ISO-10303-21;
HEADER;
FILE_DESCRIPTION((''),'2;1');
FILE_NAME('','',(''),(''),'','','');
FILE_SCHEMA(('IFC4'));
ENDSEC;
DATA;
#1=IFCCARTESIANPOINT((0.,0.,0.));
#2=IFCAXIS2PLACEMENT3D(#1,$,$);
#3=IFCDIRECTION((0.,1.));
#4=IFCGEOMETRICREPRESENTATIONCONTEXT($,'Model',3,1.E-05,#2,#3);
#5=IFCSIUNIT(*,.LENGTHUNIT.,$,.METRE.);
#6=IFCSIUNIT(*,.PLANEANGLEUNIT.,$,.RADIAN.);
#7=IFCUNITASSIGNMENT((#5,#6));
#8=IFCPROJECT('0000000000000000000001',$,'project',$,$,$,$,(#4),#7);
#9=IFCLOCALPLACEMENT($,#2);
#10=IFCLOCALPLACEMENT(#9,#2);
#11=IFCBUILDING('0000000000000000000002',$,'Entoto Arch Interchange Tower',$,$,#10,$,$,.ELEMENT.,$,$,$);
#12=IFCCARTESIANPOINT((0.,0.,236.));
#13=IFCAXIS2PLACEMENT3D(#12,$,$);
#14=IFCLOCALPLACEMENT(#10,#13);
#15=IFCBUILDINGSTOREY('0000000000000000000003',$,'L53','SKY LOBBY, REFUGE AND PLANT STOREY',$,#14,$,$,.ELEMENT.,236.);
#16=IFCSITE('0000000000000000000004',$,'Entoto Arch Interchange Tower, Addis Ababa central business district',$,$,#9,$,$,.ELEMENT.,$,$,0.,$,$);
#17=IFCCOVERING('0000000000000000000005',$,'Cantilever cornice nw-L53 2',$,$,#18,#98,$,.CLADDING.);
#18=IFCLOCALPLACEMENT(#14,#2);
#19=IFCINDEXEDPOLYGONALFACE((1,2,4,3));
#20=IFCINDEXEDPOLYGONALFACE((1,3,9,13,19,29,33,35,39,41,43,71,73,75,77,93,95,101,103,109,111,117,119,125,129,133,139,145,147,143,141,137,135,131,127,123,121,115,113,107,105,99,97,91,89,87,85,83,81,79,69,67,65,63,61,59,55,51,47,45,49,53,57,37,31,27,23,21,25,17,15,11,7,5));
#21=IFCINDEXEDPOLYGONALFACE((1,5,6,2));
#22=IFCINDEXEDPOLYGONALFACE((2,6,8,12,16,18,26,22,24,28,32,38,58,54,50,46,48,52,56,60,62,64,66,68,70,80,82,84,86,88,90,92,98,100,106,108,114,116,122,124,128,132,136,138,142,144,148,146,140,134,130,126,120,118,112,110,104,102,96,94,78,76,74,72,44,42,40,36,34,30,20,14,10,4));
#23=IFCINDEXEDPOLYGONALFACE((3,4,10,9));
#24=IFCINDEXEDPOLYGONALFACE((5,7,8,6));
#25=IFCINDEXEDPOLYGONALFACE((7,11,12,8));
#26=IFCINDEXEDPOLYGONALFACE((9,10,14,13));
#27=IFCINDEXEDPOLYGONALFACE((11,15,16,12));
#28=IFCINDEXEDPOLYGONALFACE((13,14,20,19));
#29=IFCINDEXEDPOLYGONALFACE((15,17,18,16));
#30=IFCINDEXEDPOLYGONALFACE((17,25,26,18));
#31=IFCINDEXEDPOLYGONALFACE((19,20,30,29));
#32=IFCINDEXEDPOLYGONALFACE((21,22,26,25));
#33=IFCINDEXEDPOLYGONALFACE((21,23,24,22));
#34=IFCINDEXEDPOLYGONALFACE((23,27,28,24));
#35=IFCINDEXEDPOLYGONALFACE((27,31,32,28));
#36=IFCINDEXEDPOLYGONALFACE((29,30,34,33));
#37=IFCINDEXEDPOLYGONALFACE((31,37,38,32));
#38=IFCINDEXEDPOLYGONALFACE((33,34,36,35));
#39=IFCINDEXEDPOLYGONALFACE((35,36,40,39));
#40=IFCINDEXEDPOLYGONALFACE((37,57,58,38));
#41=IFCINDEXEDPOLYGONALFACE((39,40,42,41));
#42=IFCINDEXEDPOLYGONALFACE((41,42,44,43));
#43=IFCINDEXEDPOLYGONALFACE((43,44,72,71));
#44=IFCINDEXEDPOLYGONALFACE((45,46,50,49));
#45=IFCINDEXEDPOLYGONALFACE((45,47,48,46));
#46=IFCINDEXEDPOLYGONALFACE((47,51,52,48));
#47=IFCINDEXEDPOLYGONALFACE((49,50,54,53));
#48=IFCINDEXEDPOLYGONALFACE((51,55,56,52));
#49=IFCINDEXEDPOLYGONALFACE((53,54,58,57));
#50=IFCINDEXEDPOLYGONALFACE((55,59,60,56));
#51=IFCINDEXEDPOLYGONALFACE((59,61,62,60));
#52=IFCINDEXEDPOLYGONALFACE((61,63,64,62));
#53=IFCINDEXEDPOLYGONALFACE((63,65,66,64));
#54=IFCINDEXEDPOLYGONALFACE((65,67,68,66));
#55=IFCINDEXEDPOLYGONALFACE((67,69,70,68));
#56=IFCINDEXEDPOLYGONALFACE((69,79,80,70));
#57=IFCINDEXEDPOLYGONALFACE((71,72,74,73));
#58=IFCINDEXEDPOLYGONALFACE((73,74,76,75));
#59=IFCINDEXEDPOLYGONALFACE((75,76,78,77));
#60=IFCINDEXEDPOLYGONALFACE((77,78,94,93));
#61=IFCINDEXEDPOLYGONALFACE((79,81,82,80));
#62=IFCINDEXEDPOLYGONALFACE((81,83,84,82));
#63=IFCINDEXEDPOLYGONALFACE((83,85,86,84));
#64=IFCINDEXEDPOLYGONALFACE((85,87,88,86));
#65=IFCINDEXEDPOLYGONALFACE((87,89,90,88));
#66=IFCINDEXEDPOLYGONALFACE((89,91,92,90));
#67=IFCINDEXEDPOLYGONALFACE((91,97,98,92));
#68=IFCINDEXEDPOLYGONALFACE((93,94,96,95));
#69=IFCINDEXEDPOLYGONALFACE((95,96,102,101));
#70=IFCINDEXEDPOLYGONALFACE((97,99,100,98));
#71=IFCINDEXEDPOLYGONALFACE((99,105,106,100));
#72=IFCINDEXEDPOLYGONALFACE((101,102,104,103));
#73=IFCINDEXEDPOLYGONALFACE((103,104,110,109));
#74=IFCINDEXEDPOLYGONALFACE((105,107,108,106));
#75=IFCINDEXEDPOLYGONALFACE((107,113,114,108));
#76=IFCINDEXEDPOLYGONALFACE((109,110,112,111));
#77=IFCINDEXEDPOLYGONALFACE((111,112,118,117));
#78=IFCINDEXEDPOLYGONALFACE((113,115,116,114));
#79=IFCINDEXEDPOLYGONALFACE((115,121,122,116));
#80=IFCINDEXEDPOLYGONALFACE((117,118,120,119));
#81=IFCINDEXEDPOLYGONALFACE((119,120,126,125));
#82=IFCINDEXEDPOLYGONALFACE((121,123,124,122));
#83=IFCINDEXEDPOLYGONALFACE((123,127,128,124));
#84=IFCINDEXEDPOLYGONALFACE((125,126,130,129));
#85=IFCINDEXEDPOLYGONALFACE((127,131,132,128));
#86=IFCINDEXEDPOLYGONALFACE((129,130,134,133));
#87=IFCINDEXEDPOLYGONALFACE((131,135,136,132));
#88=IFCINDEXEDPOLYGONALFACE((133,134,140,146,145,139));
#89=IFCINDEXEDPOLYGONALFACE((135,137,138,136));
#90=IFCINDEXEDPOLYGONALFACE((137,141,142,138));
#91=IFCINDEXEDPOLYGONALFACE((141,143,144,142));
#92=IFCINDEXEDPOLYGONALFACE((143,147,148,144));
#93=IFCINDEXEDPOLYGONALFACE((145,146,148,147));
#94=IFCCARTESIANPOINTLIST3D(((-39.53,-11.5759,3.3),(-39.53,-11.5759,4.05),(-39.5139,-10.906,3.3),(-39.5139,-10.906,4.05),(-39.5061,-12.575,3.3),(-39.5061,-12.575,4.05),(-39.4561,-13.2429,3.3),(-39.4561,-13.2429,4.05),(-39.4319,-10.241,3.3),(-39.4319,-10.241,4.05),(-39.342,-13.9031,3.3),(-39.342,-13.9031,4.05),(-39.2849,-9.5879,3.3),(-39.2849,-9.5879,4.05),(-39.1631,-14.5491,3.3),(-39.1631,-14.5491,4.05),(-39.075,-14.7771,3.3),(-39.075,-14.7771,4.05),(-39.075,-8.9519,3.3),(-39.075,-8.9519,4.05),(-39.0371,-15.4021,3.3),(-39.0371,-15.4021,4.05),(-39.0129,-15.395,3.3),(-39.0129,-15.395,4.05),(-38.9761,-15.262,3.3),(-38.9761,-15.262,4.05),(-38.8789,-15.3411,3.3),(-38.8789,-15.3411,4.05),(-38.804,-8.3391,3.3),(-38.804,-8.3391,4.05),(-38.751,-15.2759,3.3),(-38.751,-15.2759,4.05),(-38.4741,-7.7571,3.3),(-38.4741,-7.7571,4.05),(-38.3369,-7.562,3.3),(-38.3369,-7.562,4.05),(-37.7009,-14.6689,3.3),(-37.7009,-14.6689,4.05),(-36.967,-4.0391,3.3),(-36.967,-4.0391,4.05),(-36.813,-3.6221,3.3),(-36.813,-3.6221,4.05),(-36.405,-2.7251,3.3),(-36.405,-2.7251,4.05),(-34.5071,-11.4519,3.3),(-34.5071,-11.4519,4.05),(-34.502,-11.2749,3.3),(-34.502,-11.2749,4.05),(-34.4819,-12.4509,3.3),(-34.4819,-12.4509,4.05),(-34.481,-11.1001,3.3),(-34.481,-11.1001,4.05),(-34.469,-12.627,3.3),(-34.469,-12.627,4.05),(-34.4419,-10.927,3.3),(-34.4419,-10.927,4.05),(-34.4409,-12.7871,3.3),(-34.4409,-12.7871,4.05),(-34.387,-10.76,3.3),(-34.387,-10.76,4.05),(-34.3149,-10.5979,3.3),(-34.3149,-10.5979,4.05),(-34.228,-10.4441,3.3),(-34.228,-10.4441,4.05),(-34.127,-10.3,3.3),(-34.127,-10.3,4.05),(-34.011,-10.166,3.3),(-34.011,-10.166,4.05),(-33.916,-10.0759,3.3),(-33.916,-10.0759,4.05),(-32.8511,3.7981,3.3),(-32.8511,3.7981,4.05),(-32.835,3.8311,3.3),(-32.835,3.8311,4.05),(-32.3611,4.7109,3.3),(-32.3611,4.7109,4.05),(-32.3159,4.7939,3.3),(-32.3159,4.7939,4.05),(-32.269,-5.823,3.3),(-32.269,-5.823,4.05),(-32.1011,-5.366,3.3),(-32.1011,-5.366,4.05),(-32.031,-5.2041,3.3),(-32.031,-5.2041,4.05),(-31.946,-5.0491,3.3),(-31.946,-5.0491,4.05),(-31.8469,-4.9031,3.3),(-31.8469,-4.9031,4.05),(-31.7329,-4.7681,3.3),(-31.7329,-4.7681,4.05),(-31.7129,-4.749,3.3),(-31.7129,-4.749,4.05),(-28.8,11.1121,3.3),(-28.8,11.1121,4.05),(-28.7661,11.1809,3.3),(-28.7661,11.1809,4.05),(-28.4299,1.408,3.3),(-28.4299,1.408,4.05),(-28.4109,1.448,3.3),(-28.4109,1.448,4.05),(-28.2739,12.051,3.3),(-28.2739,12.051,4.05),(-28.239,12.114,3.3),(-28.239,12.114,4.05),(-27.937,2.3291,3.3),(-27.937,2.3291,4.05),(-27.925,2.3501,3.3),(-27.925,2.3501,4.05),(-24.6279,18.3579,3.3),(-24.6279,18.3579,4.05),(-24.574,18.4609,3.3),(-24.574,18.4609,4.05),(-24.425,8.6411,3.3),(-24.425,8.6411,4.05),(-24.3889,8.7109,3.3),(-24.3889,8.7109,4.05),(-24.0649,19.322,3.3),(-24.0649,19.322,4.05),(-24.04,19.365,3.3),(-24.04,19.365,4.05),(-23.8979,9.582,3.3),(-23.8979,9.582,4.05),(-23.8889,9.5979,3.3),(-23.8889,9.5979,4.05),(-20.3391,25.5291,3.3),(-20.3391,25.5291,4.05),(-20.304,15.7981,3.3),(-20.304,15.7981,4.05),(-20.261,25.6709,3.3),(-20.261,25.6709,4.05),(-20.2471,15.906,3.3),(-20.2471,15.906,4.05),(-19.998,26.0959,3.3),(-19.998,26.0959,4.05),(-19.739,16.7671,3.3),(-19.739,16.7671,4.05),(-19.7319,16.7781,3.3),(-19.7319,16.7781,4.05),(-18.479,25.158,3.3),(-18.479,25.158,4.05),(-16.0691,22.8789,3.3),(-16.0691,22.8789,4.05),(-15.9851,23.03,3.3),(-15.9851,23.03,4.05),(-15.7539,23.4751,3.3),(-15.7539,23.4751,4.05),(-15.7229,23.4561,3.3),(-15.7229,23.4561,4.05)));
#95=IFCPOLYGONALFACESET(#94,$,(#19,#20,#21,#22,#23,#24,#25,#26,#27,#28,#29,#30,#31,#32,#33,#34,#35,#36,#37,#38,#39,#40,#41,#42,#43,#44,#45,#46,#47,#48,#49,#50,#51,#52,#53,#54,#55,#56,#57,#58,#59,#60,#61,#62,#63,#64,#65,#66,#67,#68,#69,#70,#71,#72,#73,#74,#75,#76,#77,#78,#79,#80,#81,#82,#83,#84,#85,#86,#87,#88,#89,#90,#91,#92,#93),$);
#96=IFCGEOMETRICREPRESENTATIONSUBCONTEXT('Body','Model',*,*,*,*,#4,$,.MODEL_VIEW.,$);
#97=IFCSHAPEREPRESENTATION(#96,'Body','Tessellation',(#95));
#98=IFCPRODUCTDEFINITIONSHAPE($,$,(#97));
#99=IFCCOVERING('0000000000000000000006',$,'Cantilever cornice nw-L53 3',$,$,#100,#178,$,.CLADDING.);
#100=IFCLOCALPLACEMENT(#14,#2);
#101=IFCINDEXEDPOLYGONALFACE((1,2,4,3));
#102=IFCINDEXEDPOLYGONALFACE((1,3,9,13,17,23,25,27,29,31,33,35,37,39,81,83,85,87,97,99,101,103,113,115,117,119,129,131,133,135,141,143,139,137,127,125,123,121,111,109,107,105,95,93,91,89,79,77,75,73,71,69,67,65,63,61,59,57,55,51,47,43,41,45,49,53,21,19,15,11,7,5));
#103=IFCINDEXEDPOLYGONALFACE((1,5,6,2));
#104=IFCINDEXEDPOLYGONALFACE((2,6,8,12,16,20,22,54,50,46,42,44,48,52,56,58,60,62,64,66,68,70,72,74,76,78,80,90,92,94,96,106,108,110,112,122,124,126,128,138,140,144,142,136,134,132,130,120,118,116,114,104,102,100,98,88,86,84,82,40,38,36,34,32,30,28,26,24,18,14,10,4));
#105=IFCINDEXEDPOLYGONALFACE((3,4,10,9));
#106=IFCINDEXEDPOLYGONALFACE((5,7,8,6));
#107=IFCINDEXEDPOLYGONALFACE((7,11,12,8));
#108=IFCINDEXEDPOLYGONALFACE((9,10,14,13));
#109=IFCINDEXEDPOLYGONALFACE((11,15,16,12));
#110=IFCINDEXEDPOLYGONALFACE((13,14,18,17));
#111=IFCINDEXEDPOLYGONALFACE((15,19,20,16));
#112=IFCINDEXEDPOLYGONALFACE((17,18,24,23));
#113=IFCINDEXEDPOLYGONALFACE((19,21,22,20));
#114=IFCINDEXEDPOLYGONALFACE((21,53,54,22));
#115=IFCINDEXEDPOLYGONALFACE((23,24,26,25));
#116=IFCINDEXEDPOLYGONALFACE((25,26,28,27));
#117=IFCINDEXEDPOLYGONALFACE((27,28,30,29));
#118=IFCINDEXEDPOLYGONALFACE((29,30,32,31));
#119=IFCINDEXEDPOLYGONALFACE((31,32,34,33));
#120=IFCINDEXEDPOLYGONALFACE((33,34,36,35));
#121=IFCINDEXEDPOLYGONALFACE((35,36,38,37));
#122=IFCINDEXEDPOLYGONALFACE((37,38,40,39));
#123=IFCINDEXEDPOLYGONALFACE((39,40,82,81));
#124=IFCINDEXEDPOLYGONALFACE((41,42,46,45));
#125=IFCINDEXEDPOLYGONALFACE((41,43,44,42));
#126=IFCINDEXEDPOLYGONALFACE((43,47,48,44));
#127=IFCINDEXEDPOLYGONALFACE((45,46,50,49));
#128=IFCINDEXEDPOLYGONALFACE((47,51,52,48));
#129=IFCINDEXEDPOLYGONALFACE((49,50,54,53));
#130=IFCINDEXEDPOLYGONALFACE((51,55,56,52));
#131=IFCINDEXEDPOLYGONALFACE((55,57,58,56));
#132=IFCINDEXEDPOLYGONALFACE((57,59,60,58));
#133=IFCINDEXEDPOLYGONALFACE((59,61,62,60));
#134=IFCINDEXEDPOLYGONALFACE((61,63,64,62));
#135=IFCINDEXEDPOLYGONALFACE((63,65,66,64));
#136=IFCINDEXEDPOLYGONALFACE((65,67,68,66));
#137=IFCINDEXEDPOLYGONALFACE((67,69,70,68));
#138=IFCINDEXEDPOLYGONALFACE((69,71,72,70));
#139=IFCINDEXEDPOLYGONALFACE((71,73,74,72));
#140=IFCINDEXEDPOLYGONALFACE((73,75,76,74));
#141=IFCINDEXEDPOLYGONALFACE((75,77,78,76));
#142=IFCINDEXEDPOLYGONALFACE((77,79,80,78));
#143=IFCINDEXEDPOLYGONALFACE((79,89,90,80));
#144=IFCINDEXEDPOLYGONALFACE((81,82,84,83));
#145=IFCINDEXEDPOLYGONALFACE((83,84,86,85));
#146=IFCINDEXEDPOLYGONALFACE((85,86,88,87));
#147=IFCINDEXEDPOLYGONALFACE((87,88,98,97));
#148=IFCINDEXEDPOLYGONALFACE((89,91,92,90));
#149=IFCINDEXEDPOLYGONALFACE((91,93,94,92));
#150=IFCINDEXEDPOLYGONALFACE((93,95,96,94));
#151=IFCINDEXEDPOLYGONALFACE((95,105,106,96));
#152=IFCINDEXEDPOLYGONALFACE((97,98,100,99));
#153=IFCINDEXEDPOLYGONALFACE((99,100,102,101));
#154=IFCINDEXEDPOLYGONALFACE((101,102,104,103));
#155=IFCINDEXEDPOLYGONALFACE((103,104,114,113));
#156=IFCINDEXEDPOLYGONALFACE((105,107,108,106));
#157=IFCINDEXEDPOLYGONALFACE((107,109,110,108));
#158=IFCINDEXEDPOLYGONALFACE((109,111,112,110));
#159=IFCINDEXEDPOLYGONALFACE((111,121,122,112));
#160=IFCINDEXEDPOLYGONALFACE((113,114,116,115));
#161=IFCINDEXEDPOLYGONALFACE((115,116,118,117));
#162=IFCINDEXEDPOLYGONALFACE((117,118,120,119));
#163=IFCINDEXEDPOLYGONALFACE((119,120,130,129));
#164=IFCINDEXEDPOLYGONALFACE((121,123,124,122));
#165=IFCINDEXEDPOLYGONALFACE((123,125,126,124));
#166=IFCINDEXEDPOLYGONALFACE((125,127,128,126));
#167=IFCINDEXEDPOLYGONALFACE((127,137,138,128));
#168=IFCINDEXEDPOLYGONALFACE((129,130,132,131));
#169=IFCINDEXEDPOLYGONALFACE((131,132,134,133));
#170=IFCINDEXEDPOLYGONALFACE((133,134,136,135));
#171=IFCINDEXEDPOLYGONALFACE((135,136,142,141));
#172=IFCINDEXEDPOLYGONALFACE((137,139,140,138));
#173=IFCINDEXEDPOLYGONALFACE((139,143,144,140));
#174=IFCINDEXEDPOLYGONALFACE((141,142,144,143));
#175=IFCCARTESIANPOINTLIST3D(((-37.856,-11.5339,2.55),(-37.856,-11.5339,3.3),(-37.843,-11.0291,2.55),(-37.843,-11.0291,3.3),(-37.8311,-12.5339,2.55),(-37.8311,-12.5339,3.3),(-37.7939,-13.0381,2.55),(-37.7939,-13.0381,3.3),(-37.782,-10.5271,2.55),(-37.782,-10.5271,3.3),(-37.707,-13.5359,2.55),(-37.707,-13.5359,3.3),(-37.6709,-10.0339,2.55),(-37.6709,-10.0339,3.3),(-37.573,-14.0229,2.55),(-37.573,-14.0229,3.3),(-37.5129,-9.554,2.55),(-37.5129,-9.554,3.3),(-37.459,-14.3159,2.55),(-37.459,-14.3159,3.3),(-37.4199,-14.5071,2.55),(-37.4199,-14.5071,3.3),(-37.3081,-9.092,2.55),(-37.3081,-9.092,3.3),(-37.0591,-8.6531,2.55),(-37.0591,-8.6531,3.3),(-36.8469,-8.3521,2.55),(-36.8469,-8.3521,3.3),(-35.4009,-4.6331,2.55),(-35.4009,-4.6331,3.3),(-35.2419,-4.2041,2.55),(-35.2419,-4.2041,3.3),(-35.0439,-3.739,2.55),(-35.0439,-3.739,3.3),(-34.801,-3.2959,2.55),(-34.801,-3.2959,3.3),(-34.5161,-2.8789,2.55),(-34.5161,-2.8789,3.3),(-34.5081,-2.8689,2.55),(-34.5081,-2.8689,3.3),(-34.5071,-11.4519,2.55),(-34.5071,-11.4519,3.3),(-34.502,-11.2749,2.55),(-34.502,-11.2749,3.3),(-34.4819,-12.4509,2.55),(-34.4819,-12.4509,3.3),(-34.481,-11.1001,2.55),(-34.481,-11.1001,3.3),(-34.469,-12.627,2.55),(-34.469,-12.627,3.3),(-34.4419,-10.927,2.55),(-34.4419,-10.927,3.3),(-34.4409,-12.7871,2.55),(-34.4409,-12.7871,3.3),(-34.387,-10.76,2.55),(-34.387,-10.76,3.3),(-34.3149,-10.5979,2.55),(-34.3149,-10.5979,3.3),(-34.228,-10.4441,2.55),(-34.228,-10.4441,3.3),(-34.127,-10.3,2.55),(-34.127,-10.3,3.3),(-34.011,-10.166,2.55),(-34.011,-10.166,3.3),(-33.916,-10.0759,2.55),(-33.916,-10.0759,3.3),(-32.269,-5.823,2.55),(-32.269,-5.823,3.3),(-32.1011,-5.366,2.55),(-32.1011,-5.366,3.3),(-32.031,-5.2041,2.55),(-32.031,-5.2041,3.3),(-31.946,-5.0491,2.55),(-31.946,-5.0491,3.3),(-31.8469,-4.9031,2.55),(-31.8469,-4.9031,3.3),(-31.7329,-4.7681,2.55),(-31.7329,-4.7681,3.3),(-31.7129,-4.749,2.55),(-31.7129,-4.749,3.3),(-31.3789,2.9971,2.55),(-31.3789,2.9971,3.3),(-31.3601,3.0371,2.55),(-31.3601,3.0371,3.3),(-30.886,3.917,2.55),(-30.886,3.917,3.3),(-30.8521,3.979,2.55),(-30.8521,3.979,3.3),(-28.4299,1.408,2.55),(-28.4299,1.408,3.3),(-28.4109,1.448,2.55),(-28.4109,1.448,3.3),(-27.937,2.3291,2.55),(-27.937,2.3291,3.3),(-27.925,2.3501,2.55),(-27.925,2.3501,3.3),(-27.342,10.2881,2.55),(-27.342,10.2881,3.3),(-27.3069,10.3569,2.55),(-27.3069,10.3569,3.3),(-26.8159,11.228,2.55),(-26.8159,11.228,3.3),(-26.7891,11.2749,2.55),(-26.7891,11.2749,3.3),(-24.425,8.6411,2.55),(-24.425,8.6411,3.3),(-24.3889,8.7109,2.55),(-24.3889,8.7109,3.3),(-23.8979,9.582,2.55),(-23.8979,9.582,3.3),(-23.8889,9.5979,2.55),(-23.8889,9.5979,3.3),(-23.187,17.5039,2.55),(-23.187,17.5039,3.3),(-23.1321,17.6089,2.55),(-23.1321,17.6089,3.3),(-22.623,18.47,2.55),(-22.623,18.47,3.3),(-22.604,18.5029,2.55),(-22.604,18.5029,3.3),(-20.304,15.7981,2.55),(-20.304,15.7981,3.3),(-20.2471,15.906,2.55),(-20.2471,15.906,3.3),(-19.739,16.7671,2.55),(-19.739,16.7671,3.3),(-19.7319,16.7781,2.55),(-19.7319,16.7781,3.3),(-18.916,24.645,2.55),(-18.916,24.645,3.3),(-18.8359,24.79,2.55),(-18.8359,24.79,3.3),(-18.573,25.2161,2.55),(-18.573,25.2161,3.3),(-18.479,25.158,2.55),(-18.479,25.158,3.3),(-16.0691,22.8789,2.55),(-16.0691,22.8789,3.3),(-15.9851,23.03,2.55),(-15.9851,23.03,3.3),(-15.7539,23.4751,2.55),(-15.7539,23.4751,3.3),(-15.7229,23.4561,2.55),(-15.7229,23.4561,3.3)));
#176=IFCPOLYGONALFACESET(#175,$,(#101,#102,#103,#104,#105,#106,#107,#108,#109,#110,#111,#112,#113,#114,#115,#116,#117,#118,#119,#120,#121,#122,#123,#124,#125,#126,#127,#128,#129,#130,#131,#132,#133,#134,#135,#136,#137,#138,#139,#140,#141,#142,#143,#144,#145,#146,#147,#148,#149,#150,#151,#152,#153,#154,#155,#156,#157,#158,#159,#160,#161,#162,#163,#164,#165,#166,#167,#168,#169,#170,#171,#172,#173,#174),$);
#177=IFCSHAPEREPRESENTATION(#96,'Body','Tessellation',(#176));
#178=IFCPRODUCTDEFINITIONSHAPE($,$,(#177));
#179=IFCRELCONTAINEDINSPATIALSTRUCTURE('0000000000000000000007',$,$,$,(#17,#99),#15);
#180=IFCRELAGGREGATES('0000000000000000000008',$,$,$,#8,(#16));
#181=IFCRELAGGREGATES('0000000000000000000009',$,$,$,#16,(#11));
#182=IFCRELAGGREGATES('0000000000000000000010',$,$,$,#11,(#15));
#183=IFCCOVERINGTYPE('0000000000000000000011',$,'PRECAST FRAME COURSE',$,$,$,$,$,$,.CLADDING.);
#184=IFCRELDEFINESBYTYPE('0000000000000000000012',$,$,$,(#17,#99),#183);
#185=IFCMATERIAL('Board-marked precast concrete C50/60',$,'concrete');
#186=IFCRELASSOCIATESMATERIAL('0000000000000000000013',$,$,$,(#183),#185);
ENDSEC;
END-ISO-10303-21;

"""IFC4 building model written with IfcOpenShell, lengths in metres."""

from ifc_helpers import new_model, si_unit, direction, frame, origin, place, context, subcontext, project, spatial, polyline, outline, extrude, material, type_object, element, save


model = new_model("IFC4")

# Units and contexts
model_context = context("Model", 3, precision=1e-05, world=origin(), true_north=direction((0.0, 1.0)))
body_context = subcontext(model_context, "Body", "Model", "MODEL_VIEW")
ifc_project = project(units=[si_unit("LENGTHUNIT", "METRE"), si_unit("PLANEANGLEUNIT", "RADIAN")], contexts=[model_context])

# Site, building, storey
site_placement = place(None, origin())
site = spatial("IfcSite", under=ifc_project, at=site_placement, Name="Entoto Arch Interchange Tower, Addis Ababa central business district", CompositionType="ELEMENT", RefElevation=0.0)
building_placement = place(site_placement, origin())
building = spatial("IfcBuilding", under=site, at=building_placement, Name="Entoto Arch Interchange Tower", CompositionType="ELEMENT")
storey_placement = place(building_placement, frame((0.0, 0.0, 236.0)))
storey = spatial("IfcBuildingStorey", under=building, at=storey_placement, Name="L53", Description="SKY LOBBY, REFUGE AND PLANT STOREY", CompositionType="ELEMENT", Elevation=236.0)

# Coverings
ifc_material_1 = material(Name="Board-marked precast concrete C50/60", Category="concrete")
covering_type = type_object("IfcCoveringType", Name="PRECAST FRAME COURSE", PredefinedType="CLADDING", material=ifc_material_1)
covering_1_placement = place(storey_placement, frame((0.0, 0.0, 3.3)))
element("IfcCovering", 1, at=covering_1_placement, inside=storey, type_object=covering_type, Name="Cantilever cornice nw-L53 2", PredefinedType="CLADDING", context=body_context, shape_type="SweptSolid", body=[
    extrude(outline(polyline([(-38.8789, -15.3411), (-39.0129, -15.395), (-39.0371, -15.4021), (-38.9761, -15.262), (-39.075, -14.7771), (-39.1631, -14.5491), (-39.342, -13.9031), (-39.4561, -13.2429), (-39.5061, -12.575), (-39.53, -11.5759), (-39.5139, -10.906), (-39.4319, -10.241), (-39.2849, -9.5879), (-39.075, -8.9519), (-38.804, -8.3391), (-38.4741, -7.7571), (-38.3369, -7.562), (-36.967, -4.0391), (-36.813, -3.6221), (-36.405, -2.7251), (-32.8511, 3.7981), (-32.835, 3.8311), (-32.3611, 4.7109), (-32.3159, 4.7939), (-28.8, 11.1121), (-28.7661, 11.1809), (-28.2739, 12.051), (-28.239, 12.114), (-24.6279, 18.3579), (-24.574, 18.4609), (-24.0649, 19.322), (-24.04, 19.365), (-20.3391, 25.5291), (-20.261, 25.6709), (-19.998, 26.0959), (-18.479, 25.158), (-15.7539, 23.4751), (-15.7539, 23.4751), (-15.7229, 23.4561), (-15.9851, 23.03), (-16.0691, 22.8789), (-19.7319, 16.7781), (-19.739, 16.7671), (-20.2471, 15.906), (-20.304, 15.7981), (-23.8889, 9.5979), (-23.8979, 9.582), (-24.3889, 8.7109), (-24.425, 8.6411), (-27.925, 2.3501), (-27.937, 2.3291), (-28.4109, 1.448), (-28.4299, 1.408), (-31.7129, -4.749), (-31.7329, -4.7681), (-31.8469, -4.9031), (-31.946, -5.0491), (-32.031, -5.2041), (-32.1011, -5.366), (-32.269, -5.823), (-33.916, -10.0759), (-34.011, -10.166), (-34.127, -10.3), (-34.228, -10.4441), (-34.3149, -10.5979), (-34.387, -10.76), (-34.4419, -10.927), (-34.481, -11.1001), (-34.502, -11.2749), (-34.5071, -11.4519), (-34.4819, -12.4509), (-34.469, -12.627), (-34.4409, -12.7871), (-37.7009, -14.6689), (-38.751, -15.2759), (-38.8789, -15.3411)])), origin(), (0.0, 0.0, 1.0), 0.75),
])
covering_2_placement = place(storey_placement, frame((0.0, 0.0, 2.55)))
element("IfcCovering", 2, at=covering_2_placement, inside=storey, type_object=covering_type, Name="Cantilever cornice nw-L53 3", PredefinedType="CLADDING", context=body_context, shape_type="SweptSolid", body=[
    extrude(outline(polyline([(-18.479, 25.158), (-15.7539, 23.4751), (-15.7539, 23.4751), (-15.7229, 23.4561), (-15.9851, 23.03), (-16.0691, 22.8789), (-19.7319, 16.7781), (-19.739, 16.7671), (-20.2471, 15.906), (-20.304, 15.7981), (-23.8889, 9.5979), (-23.8979, 9.582), (-24.3889, 8.7109), (-24.425, 8.6411), (-27.925, 2.3501), (-27.937, 2.3291), (-28.4109, 1.448), (-28.4299, 1.408), (-31.7129, -4.749), (-31.7329, -4.7681), (-31.8469, -4.9031), (-31.946, -5.0491), (-32.031, -5.2041), (-32.1011, -5.366), (-32.269, -5.823), (-33.916, -10.0759), (-34.011, -10.166), (-34.127, -10.3), (-34.228, -10.4441), (-34.3149, -10.5979), (-34.387, -10.76), (-34.4419, -10.927), (-34.481, -11.1001), (-34.502, -11.2749), (-34.5071, -11.4519), (-34.4819, -12.4509), (-34.469, -12.627), (-34.4409, -12.7871), (-37.4199, -14.5071), (-37.459, -14.3159), (-37.573, -14.0229), (-37.707, -13.5359), (-37.7939, -13.0381), (-37.8311, -12.5339), (-37.856, -11.5339), (-37.843, -11.0291), (-37.782, -10.5271), (-37.6709, -10.0339), (-37.5129, -9.554), (-37.3081, -9.092), (-37.0591, -8.6531), (-36.8469, -8.3521), (-35.4009, -4.6331), (-35.2419, -4.2041), (-35.0439, -3.739), (-34.801, -3.2959), (-34.5161, -2.8789), (-34.5081, -2.8689), (-31.3789, 2.9971), (-31.3601, 3.0371), (-30.886, 3.917), (-30.8521, 3.979), (-27.342, 10.2881), (-27.3069, 10.3569), (-26.8159, 11.228), (-26.7891, 11.2749), (-23.187, 17.5039), (-23.1321, 17.6089), (-22.623, 18.47), (-22.604, 18.5029), (-18.916, 24.645), (-18.8359, 24.79), (-18.573, 25.2161), (-18.479, 25.158)])), origin(), (0.0, 0.0, 1.0), 0.75),
])

save(model, "model.ifc")
